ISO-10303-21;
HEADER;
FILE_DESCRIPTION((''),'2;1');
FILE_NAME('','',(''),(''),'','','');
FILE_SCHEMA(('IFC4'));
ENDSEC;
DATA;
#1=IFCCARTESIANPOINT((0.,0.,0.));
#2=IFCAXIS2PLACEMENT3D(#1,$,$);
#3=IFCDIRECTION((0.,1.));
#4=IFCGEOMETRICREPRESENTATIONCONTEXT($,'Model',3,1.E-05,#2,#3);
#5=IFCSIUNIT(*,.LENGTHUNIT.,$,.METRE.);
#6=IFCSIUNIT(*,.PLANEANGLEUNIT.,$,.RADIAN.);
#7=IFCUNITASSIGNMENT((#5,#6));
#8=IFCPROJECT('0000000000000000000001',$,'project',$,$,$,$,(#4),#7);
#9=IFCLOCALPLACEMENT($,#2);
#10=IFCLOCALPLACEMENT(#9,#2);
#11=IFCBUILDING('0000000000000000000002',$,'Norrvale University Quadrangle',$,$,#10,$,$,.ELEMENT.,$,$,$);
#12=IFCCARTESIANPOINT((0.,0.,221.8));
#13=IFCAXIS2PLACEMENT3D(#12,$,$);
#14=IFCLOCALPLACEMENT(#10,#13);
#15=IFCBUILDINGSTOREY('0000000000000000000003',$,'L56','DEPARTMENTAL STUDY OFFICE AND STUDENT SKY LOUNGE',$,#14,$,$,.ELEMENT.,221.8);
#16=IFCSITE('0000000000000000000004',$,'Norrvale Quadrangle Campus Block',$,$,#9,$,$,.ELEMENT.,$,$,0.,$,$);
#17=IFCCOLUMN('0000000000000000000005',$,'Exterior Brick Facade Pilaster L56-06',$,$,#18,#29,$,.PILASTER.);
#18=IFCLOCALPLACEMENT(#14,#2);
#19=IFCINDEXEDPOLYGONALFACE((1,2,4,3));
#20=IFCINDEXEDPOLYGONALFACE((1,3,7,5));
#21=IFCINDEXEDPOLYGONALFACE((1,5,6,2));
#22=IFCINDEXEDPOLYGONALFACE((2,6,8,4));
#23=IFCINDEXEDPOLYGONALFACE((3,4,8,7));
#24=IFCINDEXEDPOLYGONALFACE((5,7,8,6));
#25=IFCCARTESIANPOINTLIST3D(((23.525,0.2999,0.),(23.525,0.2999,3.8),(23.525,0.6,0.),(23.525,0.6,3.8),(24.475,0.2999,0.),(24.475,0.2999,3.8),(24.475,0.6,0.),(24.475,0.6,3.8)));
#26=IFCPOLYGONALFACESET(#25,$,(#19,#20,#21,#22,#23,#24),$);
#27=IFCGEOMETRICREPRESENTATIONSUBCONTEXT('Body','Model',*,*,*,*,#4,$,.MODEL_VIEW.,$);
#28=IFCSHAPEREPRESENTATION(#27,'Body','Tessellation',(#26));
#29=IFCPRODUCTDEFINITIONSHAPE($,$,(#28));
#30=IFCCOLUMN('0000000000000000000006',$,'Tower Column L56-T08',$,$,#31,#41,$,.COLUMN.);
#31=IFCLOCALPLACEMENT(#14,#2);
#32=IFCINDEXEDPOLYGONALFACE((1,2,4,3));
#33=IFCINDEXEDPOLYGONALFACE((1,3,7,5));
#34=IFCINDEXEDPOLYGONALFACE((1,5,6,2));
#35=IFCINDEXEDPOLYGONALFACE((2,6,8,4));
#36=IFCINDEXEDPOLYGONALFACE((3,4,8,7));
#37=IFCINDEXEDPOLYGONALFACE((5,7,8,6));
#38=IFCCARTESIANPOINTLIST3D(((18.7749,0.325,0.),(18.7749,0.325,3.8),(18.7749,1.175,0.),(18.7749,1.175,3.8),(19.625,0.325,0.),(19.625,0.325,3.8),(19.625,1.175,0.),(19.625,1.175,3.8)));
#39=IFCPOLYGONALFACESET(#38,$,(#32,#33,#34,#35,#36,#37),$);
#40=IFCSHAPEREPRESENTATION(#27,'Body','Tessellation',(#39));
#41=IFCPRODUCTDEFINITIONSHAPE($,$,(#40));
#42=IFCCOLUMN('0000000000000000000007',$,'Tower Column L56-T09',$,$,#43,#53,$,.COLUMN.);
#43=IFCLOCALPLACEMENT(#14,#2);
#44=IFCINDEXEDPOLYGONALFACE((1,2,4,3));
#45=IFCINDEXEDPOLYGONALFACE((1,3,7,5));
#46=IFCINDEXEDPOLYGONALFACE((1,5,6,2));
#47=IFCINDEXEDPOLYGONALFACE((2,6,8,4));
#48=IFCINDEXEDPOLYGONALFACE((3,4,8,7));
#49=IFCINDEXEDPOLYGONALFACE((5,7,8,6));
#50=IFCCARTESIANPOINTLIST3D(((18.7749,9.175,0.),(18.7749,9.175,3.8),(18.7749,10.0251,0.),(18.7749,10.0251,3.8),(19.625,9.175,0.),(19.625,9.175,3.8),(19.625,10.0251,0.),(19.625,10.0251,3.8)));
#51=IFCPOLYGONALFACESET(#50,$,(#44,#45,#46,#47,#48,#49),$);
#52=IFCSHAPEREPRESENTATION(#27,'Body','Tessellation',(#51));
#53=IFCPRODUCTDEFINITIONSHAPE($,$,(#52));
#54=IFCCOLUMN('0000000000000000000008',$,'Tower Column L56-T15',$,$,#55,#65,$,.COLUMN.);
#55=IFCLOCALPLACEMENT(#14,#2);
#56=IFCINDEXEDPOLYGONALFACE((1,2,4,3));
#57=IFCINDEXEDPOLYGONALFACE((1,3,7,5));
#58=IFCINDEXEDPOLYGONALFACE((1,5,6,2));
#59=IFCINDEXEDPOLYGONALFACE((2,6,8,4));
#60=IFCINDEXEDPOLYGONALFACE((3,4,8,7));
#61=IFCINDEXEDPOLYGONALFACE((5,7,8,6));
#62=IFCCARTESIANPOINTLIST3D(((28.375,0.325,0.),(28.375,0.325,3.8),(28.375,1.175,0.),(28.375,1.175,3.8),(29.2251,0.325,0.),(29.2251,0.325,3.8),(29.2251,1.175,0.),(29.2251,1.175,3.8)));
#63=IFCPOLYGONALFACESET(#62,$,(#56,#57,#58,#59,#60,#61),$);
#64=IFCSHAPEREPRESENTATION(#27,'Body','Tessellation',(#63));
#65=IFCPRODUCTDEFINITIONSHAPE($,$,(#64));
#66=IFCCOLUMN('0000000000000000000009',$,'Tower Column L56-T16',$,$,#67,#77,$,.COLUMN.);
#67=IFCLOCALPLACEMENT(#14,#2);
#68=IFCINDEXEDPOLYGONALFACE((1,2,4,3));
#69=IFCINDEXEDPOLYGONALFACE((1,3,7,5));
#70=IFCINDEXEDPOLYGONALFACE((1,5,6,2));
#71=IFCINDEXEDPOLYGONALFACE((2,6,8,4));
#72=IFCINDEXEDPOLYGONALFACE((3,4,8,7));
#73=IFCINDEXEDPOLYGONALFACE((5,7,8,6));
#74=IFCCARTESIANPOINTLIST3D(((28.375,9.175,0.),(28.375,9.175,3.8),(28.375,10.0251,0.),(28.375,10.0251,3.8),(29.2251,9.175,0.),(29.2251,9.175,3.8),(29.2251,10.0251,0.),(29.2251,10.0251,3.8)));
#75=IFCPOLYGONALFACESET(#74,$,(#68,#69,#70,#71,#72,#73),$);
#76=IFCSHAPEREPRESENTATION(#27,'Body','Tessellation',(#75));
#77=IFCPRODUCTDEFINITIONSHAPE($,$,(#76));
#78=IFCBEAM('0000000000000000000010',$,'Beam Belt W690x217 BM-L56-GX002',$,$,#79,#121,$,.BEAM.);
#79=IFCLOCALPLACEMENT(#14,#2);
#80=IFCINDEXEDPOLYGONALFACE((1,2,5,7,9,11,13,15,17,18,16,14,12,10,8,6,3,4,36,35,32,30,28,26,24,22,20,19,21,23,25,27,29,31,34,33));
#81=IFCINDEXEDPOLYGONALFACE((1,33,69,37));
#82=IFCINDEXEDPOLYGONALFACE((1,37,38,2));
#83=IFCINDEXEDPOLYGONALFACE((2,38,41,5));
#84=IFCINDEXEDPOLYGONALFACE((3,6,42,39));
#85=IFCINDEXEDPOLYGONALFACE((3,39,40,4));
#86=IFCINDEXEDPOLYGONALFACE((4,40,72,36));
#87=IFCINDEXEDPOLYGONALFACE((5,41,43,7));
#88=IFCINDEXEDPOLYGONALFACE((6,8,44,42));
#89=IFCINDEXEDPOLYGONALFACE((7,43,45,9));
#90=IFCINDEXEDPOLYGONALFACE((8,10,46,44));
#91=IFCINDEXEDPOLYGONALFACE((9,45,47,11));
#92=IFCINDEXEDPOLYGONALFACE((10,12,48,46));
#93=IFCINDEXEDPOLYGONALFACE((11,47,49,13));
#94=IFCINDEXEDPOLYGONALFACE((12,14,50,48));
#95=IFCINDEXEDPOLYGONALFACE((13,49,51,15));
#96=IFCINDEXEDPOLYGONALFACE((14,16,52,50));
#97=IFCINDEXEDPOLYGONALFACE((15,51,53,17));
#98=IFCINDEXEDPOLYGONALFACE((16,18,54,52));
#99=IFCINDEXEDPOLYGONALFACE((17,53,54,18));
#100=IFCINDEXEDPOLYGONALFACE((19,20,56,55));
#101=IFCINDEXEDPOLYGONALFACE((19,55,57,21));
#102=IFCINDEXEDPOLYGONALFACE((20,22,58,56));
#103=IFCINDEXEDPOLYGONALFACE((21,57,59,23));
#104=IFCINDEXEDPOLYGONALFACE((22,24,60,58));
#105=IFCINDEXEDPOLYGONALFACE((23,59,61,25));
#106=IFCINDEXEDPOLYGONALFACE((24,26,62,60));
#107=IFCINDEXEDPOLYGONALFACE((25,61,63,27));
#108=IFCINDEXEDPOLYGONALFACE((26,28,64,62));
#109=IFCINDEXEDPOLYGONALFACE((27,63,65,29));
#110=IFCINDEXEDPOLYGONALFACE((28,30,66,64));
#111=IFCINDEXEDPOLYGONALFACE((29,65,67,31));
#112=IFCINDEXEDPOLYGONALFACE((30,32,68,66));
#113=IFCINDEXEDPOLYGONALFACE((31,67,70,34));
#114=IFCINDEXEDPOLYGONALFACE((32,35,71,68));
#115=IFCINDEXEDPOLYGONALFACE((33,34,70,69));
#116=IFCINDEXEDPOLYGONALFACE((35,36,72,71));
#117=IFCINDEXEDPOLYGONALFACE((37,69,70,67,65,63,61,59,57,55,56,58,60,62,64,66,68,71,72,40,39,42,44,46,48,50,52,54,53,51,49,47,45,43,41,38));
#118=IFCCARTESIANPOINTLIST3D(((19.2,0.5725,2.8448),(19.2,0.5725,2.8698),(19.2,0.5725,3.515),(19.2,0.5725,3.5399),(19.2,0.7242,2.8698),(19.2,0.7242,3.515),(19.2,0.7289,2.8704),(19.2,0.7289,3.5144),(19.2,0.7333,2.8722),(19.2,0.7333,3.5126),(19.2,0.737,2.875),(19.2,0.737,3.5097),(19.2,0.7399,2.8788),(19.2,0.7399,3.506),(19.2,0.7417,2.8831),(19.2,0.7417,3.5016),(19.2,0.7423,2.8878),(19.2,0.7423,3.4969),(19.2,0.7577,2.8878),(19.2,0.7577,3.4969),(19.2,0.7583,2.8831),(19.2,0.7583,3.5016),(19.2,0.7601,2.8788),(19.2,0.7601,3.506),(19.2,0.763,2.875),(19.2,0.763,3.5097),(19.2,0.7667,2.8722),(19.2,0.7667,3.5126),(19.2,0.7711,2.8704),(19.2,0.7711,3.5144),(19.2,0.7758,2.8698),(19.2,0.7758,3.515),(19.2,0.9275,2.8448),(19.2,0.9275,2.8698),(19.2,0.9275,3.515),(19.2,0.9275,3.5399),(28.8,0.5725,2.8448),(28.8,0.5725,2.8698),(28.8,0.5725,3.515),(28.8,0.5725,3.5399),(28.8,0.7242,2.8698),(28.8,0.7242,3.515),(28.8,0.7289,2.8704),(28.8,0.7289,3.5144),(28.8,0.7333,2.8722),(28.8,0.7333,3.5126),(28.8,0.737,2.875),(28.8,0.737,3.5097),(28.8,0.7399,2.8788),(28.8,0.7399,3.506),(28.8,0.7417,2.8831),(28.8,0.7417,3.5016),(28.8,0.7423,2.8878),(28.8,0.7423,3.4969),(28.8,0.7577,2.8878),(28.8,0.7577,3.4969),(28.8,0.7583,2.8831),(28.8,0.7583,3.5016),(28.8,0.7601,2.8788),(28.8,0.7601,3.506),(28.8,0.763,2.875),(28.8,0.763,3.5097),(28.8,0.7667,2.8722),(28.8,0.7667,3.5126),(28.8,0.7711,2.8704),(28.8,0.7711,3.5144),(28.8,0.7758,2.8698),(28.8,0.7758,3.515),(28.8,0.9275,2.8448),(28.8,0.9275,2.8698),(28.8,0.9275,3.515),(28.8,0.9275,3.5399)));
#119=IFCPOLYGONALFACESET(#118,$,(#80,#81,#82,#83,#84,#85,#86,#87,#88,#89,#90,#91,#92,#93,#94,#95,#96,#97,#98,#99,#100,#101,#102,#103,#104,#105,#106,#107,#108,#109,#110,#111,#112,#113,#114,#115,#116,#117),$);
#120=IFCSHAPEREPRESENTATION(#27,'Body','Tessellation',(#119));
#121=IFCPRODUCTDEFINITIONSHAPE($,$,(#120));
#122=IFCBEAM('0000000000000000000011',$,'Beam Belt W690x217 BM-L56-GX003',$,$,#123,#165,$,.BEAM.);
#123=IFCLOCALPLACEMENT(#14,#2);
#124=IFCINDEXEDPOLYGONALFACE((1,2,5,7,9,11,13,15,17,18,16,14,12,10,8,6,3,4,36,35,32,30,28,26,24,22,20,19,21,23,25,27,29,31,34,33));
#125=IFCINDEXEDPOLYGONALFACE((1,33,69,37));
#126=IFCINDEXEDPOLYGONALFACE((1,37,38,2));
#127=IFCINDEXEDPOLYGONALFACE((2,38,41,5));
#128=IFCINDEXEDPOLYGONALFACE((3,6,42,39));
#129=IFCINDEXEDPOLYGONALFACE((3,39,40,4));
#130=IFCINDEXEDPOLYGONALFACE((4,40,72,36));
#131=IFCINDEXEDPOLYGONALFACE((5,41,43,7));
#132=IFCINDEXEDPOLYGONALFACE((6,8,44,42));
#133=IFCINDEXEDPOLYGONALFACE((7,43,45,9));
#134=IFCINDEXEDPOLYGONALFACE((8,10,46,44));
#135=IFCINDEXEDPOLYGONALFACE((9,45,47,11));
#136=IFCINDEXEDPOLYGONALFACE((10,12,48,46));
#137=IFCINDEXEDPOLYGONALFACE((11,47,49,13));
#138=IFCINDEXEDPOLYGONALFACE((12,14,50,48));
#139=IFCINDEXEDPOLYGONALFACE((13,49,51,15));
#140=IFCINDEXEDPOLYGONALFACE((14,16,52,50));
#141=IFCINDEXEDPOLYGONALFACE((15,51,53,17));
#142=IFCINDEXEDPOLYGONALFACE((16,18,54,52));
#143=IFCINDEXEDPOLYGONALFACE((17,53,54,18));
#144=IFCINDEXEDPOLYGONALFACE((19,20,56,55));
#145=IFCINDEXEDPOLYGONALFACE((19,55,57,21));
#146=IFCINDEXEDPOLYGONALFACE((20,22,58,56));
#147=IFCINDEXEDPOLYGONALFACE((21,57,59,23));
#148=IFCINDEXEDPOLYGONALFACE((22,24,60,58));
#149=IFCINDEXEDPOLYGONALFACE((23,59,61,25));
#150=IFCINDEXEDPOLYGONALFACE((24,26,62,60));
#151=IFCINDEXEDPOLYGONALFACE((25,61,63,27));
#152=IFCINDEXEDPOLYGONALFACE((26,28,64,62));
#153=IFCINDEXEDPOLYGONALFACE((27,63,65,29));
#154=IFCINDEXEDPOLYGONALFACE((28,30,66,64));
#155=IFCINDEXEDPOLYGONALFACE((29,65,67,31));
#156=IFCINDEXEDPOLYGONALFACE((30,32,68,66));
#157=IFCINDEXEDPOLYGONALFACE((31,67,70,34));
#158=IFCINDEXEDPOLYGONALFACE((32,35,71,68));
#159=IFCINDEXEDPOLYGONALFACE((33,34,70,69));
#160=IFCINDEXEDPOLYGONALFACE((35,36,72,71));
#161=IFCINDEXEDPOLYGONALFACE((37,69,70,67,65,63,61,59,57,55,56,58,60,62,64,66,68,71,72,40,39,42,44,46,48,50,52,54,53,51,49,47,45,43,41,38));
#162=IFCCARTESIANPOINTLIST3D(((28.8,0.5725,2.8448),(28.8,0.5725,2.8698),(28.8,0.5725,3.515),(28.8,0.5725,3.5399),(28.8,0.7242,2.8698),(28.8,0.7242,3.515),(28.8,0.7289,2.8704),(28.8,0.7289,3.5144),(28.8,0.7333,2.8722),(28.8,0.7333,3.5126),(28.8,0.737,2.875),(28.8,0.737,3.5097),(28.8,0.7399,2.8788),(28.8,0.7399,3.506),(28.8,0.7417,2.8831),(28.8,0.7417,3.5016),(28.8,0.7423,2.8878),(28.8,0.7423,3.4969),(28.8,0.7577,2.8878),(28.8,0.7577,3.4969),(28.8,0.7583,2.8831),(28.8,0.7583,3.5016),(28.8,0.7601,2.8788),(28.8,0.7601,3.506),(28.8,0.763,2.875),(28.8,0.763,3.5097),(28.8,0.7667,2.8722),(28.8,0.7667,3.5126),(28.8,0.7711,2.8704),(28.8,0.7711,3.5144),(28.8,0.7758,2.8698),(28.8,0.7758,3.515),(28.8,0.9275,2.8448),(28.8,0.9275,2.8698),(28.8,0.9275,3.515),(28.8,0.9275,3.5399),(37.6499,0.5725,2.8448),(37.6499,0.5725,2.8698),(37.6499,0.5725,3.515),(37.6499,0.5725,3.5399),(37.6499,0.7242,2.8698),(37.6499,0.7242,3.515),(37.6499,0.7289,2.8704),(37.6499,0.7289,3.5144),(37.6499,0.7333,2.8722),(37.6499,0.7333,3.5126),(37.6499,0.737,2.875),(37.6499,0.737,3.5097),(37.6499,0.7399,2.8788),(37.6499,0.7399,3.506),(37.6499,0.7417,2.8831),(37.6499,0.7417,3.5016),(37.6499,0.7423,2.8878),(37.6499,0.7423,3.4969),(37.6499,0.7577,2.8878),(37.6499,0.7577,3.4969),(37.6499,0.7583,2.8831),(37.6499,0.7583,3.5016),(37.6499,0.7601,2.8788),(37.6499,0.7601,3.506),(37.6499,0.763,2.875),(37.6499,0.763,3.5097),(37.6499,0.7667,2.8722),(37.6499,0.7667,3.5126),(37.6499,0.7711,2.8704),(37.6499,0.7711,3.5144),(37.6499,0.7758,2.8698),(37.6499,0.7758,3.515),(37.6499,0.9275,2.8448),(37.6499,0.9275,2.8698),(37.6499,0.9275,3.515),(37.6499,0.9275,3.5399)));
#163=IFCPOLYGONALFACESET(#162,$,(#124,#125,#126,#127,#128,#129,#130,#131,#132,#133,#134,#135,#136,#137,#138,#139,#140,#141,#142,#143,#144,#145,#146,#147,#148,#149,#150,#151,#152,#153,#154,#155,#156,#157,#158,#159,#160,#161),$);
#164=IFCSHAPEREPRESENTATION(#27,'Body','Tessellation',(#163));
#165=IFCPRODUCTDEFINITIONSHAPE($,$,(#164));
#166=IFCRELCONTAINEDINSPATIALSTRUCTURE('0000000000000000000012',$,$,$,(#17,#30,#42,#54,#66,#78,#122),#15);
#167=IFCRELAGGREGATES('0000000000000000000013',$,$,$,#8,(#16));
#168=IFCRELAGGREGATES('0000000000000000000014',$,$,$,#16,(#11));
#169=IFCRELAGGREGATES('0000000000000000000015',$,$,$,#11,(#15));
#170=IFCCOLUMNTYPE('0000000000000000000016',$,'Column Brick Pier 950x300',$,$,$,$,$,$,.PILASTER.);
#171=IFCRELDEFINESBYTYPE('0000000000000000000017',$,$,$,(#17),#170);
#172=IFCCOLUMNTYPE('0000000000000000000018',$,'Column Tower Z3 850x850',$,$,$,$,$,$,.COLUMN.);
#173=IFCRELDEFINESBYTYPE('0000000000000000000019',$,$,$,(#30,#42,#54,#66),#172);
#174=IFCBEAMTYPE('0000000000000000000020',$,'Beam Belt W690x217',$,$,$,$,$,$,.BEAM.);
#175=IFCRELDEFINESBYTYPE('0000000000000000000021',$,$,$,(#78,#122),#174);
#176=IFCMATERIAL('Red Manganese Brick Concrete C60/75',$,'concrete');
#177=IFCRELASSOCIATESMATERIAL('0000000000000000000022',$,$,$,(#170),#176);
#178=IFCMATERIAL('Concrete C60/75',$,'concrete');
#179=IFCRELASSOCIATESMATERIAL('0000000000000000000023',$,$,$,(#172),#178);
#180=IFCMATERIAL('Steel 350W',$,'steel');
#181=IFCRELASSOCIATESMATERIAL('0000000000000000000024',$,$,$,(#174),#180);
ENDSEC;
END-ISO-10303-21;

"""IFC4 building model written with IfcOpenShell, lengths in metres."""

from ifc_helpers import new_model, si_unit, direction, frame, origin, origin_2d, place, context, subcontext, project, spatial, rectangle, i_section, extrude, material, material_profile, profile_set, type_object, element, save


model = new_model("IFC4")

# Units and contexts
model_context = context("Model", 3, precision=1e-05, world=origin(), true_north=direction((0.0, 1.0)))
body_context = subcontext(model_context, "Body", "Model", "MODEL_VIEW")
ifc_project = project(units=[si_unit("LENGTHUNIT", "METRE"), si_unit("PLANEANGLEUNIT", "RADIAN")], contexts=[model_context])

# Site, building, storey
site_placement = place(None, origin())
site = spatial("IfcSite", under=ifc_project, at=site_placement, Name="Norrvale Quadrangle Campus Block", CompositionType="ELEMENT", RefElevation=0.0)
building_placement = place(site_placement, origin())
building = spatial("IfcBuilding", under=site, at=building_placement, Name="Norrvale University Quadrangle", CompositionType="ELEMENT")
storey_placement = place(building_placement, frame((0.0, 0.0, 221.8)))
storey = spatial("IfcBuildingStorey", under=building, at=storey_placement, Name="L56", Description="DEPARTMENTAL STUDY OFFICE AND STUDENT SKY LOUNGE", CompositionType="ELEMENT", Elevation=221.8)

# Columns
ifc_material_1 = material(Name="Red Manganese Brick Concrete C60/75", Category="concrete")
ifc_material_profile_1 = material_profile(ifc_material_1, rectangle(XDim=0.95, YDim=0.3, at=origin_2d()), Name="Red Manganese Brick Concrete C60/75")
ifc_profile_set_1 = profile_set([ifc_material_profile_1], Name="Red Manganese Brick Concrete C60/75")
column_type_1 = type_object("IfcColumnType", Name="Column Brick Pier 950x300", PredefinedType="PILASTER", material=ifc_profile_set_1)
column_placement = place(storey_placement, frame((24.0, 0.45, 0.0), z_axis=(0.0, 0.0, 1.0), x_axis=(1.0, 0.0, 0.0)))
element("IfcColumn", 1, at=column_placement, inside=storey, type_object=column_type_1, Name="Exterior Brick Facade Pilaster L56-06", PredefinedType="PILASTER", context=body_context, shape_type="SweptSolid", body=[
    extrude(rectangle(XDim=0.95, YDim=0.3, at=origin_2d()), origin(), (0.0, 0.0, 1.0), 3.8),
])
ifc_material_2 = material(Name="Concrete C60/75", Category="concrete")
ifc_material_profile_2 = material_profile(ifc_material_2, rectangle(XDim=0.8501, YDim=0.8501, at=origin_2d()), Name="Concrete C60/75")
ifc_profile_set_2 = profile_set([ifc_material_profile_2], Name="Concrete C60/75")
column_type_2 = type_object("IfcColumnType", Name="Column Tower Z3 850x850", PredefinedType="COLUMN", material=ifc_profile_set_2)
for number, where, z_axis, x_axis, name in (
    (2, (19.2, 0.75, 0.0), (0.0, 0.0, 1.0), (1.0, 0.0, 0.0), "Tower Column L56-T08"),
    (3, (19.2, 9.6001, 0.0), (0.0, 0.0, 1.0), (1.0, 0.0, 0.0), "Tower Column L56-T09"),
    (4, (28.8, 0.75, 0.0), (0.0, 0.0, 1.0), (1.0, 0.0, 0.0), "Tower Column L56-T15"),
    (5, (28.8, 9.6001, 0.0), (0.0, 0.0, 1.0), (1.0, 0.0, 0.0), "Tower Column L56-T16"),
):
    element("IfcColumn", number, at=place(storey_placement, frame(where, z_axis=z_axis, x_axis=x_axis)), inside=storey, type_object=column_type_2, Name=name, PredefinedType="COLUMN", context=body_context, shape_type="SweptSolid", body=[
        extrude(rectangle(XDim=0.8501, YDim=0.8501, at=origin_2d()), origin(), (0.0, 0.0, 1.0), 3.8),
    ])

# Beams
ifc_material_3 = material(Name="Steel 350W", Category="steel")
ifc_material_profile_3 = material_profile(ifc_material_3, i_section(OverallWidth=0.355, OverallDepth=0.6951, WebThickness=0.0154, FlangeThickness=0.0249, FilletRadius=0.0181, at=origin_2d()), Name="Steel 350W")
ifc_profile_set_3 = profile_set([ifc_material_profile_3], Name="Steel 350W")
beam_type_1 = type_object("IfcBeamType", Name="Beam Belt W690x217", PredefinedType="BEAM", material=ifc_profile_set_3)
beam_1_placement = place(storey_placement, frame((19.2, 0.75, 3.1924), z_axis=(1.0, 0.0, 0.0), x_axis=(0.0, 1.0, 0.0)))
element("IfcBeam", 6, at=beam_1_placement, inside=storey, type_object=beam_type_1, Name="Beam Belt W690x217 BM-L56-GX002", PredefinedType="BEAM", context=body_context, shape_type="SweptSolid", body=[
    extrude(i_section(OverallWidth=0.355, OverallDepth=0.6951, WebThickness=0.0154, FlangeThickness=0.0249, FilletRadius=0.0181, at=origin_2d()), origin(), (0.0, 0.0, 1.0), 9.6001),
])
beam_2_placement = place(storey_placement, frame((28.8, 0.75, 3.1924), z_axis=(1.0, 0.0, 0.0), x_axis=(0.0, 1.0, 0.0)))
element("IfcBeam", 7, at=beam_2_placement, inside=storey, type_object=beam_type_1, Name="Beam Belt W690x217 BM-L56-GX003", PredefinedType="BEAM", context=body_context, shape_type="SweptSolid", body=[
    extrude(i_section(OverallWidth=0.355, OverallDepth=0.6951, WebThickness=0.0154, FlangeThickness=0.0249, FilletRadius=0.0181, at=origin_2d()), origin(), (0.0, 0.0, 1.0), 8.8499),
])

save(model, "model.ifc")
